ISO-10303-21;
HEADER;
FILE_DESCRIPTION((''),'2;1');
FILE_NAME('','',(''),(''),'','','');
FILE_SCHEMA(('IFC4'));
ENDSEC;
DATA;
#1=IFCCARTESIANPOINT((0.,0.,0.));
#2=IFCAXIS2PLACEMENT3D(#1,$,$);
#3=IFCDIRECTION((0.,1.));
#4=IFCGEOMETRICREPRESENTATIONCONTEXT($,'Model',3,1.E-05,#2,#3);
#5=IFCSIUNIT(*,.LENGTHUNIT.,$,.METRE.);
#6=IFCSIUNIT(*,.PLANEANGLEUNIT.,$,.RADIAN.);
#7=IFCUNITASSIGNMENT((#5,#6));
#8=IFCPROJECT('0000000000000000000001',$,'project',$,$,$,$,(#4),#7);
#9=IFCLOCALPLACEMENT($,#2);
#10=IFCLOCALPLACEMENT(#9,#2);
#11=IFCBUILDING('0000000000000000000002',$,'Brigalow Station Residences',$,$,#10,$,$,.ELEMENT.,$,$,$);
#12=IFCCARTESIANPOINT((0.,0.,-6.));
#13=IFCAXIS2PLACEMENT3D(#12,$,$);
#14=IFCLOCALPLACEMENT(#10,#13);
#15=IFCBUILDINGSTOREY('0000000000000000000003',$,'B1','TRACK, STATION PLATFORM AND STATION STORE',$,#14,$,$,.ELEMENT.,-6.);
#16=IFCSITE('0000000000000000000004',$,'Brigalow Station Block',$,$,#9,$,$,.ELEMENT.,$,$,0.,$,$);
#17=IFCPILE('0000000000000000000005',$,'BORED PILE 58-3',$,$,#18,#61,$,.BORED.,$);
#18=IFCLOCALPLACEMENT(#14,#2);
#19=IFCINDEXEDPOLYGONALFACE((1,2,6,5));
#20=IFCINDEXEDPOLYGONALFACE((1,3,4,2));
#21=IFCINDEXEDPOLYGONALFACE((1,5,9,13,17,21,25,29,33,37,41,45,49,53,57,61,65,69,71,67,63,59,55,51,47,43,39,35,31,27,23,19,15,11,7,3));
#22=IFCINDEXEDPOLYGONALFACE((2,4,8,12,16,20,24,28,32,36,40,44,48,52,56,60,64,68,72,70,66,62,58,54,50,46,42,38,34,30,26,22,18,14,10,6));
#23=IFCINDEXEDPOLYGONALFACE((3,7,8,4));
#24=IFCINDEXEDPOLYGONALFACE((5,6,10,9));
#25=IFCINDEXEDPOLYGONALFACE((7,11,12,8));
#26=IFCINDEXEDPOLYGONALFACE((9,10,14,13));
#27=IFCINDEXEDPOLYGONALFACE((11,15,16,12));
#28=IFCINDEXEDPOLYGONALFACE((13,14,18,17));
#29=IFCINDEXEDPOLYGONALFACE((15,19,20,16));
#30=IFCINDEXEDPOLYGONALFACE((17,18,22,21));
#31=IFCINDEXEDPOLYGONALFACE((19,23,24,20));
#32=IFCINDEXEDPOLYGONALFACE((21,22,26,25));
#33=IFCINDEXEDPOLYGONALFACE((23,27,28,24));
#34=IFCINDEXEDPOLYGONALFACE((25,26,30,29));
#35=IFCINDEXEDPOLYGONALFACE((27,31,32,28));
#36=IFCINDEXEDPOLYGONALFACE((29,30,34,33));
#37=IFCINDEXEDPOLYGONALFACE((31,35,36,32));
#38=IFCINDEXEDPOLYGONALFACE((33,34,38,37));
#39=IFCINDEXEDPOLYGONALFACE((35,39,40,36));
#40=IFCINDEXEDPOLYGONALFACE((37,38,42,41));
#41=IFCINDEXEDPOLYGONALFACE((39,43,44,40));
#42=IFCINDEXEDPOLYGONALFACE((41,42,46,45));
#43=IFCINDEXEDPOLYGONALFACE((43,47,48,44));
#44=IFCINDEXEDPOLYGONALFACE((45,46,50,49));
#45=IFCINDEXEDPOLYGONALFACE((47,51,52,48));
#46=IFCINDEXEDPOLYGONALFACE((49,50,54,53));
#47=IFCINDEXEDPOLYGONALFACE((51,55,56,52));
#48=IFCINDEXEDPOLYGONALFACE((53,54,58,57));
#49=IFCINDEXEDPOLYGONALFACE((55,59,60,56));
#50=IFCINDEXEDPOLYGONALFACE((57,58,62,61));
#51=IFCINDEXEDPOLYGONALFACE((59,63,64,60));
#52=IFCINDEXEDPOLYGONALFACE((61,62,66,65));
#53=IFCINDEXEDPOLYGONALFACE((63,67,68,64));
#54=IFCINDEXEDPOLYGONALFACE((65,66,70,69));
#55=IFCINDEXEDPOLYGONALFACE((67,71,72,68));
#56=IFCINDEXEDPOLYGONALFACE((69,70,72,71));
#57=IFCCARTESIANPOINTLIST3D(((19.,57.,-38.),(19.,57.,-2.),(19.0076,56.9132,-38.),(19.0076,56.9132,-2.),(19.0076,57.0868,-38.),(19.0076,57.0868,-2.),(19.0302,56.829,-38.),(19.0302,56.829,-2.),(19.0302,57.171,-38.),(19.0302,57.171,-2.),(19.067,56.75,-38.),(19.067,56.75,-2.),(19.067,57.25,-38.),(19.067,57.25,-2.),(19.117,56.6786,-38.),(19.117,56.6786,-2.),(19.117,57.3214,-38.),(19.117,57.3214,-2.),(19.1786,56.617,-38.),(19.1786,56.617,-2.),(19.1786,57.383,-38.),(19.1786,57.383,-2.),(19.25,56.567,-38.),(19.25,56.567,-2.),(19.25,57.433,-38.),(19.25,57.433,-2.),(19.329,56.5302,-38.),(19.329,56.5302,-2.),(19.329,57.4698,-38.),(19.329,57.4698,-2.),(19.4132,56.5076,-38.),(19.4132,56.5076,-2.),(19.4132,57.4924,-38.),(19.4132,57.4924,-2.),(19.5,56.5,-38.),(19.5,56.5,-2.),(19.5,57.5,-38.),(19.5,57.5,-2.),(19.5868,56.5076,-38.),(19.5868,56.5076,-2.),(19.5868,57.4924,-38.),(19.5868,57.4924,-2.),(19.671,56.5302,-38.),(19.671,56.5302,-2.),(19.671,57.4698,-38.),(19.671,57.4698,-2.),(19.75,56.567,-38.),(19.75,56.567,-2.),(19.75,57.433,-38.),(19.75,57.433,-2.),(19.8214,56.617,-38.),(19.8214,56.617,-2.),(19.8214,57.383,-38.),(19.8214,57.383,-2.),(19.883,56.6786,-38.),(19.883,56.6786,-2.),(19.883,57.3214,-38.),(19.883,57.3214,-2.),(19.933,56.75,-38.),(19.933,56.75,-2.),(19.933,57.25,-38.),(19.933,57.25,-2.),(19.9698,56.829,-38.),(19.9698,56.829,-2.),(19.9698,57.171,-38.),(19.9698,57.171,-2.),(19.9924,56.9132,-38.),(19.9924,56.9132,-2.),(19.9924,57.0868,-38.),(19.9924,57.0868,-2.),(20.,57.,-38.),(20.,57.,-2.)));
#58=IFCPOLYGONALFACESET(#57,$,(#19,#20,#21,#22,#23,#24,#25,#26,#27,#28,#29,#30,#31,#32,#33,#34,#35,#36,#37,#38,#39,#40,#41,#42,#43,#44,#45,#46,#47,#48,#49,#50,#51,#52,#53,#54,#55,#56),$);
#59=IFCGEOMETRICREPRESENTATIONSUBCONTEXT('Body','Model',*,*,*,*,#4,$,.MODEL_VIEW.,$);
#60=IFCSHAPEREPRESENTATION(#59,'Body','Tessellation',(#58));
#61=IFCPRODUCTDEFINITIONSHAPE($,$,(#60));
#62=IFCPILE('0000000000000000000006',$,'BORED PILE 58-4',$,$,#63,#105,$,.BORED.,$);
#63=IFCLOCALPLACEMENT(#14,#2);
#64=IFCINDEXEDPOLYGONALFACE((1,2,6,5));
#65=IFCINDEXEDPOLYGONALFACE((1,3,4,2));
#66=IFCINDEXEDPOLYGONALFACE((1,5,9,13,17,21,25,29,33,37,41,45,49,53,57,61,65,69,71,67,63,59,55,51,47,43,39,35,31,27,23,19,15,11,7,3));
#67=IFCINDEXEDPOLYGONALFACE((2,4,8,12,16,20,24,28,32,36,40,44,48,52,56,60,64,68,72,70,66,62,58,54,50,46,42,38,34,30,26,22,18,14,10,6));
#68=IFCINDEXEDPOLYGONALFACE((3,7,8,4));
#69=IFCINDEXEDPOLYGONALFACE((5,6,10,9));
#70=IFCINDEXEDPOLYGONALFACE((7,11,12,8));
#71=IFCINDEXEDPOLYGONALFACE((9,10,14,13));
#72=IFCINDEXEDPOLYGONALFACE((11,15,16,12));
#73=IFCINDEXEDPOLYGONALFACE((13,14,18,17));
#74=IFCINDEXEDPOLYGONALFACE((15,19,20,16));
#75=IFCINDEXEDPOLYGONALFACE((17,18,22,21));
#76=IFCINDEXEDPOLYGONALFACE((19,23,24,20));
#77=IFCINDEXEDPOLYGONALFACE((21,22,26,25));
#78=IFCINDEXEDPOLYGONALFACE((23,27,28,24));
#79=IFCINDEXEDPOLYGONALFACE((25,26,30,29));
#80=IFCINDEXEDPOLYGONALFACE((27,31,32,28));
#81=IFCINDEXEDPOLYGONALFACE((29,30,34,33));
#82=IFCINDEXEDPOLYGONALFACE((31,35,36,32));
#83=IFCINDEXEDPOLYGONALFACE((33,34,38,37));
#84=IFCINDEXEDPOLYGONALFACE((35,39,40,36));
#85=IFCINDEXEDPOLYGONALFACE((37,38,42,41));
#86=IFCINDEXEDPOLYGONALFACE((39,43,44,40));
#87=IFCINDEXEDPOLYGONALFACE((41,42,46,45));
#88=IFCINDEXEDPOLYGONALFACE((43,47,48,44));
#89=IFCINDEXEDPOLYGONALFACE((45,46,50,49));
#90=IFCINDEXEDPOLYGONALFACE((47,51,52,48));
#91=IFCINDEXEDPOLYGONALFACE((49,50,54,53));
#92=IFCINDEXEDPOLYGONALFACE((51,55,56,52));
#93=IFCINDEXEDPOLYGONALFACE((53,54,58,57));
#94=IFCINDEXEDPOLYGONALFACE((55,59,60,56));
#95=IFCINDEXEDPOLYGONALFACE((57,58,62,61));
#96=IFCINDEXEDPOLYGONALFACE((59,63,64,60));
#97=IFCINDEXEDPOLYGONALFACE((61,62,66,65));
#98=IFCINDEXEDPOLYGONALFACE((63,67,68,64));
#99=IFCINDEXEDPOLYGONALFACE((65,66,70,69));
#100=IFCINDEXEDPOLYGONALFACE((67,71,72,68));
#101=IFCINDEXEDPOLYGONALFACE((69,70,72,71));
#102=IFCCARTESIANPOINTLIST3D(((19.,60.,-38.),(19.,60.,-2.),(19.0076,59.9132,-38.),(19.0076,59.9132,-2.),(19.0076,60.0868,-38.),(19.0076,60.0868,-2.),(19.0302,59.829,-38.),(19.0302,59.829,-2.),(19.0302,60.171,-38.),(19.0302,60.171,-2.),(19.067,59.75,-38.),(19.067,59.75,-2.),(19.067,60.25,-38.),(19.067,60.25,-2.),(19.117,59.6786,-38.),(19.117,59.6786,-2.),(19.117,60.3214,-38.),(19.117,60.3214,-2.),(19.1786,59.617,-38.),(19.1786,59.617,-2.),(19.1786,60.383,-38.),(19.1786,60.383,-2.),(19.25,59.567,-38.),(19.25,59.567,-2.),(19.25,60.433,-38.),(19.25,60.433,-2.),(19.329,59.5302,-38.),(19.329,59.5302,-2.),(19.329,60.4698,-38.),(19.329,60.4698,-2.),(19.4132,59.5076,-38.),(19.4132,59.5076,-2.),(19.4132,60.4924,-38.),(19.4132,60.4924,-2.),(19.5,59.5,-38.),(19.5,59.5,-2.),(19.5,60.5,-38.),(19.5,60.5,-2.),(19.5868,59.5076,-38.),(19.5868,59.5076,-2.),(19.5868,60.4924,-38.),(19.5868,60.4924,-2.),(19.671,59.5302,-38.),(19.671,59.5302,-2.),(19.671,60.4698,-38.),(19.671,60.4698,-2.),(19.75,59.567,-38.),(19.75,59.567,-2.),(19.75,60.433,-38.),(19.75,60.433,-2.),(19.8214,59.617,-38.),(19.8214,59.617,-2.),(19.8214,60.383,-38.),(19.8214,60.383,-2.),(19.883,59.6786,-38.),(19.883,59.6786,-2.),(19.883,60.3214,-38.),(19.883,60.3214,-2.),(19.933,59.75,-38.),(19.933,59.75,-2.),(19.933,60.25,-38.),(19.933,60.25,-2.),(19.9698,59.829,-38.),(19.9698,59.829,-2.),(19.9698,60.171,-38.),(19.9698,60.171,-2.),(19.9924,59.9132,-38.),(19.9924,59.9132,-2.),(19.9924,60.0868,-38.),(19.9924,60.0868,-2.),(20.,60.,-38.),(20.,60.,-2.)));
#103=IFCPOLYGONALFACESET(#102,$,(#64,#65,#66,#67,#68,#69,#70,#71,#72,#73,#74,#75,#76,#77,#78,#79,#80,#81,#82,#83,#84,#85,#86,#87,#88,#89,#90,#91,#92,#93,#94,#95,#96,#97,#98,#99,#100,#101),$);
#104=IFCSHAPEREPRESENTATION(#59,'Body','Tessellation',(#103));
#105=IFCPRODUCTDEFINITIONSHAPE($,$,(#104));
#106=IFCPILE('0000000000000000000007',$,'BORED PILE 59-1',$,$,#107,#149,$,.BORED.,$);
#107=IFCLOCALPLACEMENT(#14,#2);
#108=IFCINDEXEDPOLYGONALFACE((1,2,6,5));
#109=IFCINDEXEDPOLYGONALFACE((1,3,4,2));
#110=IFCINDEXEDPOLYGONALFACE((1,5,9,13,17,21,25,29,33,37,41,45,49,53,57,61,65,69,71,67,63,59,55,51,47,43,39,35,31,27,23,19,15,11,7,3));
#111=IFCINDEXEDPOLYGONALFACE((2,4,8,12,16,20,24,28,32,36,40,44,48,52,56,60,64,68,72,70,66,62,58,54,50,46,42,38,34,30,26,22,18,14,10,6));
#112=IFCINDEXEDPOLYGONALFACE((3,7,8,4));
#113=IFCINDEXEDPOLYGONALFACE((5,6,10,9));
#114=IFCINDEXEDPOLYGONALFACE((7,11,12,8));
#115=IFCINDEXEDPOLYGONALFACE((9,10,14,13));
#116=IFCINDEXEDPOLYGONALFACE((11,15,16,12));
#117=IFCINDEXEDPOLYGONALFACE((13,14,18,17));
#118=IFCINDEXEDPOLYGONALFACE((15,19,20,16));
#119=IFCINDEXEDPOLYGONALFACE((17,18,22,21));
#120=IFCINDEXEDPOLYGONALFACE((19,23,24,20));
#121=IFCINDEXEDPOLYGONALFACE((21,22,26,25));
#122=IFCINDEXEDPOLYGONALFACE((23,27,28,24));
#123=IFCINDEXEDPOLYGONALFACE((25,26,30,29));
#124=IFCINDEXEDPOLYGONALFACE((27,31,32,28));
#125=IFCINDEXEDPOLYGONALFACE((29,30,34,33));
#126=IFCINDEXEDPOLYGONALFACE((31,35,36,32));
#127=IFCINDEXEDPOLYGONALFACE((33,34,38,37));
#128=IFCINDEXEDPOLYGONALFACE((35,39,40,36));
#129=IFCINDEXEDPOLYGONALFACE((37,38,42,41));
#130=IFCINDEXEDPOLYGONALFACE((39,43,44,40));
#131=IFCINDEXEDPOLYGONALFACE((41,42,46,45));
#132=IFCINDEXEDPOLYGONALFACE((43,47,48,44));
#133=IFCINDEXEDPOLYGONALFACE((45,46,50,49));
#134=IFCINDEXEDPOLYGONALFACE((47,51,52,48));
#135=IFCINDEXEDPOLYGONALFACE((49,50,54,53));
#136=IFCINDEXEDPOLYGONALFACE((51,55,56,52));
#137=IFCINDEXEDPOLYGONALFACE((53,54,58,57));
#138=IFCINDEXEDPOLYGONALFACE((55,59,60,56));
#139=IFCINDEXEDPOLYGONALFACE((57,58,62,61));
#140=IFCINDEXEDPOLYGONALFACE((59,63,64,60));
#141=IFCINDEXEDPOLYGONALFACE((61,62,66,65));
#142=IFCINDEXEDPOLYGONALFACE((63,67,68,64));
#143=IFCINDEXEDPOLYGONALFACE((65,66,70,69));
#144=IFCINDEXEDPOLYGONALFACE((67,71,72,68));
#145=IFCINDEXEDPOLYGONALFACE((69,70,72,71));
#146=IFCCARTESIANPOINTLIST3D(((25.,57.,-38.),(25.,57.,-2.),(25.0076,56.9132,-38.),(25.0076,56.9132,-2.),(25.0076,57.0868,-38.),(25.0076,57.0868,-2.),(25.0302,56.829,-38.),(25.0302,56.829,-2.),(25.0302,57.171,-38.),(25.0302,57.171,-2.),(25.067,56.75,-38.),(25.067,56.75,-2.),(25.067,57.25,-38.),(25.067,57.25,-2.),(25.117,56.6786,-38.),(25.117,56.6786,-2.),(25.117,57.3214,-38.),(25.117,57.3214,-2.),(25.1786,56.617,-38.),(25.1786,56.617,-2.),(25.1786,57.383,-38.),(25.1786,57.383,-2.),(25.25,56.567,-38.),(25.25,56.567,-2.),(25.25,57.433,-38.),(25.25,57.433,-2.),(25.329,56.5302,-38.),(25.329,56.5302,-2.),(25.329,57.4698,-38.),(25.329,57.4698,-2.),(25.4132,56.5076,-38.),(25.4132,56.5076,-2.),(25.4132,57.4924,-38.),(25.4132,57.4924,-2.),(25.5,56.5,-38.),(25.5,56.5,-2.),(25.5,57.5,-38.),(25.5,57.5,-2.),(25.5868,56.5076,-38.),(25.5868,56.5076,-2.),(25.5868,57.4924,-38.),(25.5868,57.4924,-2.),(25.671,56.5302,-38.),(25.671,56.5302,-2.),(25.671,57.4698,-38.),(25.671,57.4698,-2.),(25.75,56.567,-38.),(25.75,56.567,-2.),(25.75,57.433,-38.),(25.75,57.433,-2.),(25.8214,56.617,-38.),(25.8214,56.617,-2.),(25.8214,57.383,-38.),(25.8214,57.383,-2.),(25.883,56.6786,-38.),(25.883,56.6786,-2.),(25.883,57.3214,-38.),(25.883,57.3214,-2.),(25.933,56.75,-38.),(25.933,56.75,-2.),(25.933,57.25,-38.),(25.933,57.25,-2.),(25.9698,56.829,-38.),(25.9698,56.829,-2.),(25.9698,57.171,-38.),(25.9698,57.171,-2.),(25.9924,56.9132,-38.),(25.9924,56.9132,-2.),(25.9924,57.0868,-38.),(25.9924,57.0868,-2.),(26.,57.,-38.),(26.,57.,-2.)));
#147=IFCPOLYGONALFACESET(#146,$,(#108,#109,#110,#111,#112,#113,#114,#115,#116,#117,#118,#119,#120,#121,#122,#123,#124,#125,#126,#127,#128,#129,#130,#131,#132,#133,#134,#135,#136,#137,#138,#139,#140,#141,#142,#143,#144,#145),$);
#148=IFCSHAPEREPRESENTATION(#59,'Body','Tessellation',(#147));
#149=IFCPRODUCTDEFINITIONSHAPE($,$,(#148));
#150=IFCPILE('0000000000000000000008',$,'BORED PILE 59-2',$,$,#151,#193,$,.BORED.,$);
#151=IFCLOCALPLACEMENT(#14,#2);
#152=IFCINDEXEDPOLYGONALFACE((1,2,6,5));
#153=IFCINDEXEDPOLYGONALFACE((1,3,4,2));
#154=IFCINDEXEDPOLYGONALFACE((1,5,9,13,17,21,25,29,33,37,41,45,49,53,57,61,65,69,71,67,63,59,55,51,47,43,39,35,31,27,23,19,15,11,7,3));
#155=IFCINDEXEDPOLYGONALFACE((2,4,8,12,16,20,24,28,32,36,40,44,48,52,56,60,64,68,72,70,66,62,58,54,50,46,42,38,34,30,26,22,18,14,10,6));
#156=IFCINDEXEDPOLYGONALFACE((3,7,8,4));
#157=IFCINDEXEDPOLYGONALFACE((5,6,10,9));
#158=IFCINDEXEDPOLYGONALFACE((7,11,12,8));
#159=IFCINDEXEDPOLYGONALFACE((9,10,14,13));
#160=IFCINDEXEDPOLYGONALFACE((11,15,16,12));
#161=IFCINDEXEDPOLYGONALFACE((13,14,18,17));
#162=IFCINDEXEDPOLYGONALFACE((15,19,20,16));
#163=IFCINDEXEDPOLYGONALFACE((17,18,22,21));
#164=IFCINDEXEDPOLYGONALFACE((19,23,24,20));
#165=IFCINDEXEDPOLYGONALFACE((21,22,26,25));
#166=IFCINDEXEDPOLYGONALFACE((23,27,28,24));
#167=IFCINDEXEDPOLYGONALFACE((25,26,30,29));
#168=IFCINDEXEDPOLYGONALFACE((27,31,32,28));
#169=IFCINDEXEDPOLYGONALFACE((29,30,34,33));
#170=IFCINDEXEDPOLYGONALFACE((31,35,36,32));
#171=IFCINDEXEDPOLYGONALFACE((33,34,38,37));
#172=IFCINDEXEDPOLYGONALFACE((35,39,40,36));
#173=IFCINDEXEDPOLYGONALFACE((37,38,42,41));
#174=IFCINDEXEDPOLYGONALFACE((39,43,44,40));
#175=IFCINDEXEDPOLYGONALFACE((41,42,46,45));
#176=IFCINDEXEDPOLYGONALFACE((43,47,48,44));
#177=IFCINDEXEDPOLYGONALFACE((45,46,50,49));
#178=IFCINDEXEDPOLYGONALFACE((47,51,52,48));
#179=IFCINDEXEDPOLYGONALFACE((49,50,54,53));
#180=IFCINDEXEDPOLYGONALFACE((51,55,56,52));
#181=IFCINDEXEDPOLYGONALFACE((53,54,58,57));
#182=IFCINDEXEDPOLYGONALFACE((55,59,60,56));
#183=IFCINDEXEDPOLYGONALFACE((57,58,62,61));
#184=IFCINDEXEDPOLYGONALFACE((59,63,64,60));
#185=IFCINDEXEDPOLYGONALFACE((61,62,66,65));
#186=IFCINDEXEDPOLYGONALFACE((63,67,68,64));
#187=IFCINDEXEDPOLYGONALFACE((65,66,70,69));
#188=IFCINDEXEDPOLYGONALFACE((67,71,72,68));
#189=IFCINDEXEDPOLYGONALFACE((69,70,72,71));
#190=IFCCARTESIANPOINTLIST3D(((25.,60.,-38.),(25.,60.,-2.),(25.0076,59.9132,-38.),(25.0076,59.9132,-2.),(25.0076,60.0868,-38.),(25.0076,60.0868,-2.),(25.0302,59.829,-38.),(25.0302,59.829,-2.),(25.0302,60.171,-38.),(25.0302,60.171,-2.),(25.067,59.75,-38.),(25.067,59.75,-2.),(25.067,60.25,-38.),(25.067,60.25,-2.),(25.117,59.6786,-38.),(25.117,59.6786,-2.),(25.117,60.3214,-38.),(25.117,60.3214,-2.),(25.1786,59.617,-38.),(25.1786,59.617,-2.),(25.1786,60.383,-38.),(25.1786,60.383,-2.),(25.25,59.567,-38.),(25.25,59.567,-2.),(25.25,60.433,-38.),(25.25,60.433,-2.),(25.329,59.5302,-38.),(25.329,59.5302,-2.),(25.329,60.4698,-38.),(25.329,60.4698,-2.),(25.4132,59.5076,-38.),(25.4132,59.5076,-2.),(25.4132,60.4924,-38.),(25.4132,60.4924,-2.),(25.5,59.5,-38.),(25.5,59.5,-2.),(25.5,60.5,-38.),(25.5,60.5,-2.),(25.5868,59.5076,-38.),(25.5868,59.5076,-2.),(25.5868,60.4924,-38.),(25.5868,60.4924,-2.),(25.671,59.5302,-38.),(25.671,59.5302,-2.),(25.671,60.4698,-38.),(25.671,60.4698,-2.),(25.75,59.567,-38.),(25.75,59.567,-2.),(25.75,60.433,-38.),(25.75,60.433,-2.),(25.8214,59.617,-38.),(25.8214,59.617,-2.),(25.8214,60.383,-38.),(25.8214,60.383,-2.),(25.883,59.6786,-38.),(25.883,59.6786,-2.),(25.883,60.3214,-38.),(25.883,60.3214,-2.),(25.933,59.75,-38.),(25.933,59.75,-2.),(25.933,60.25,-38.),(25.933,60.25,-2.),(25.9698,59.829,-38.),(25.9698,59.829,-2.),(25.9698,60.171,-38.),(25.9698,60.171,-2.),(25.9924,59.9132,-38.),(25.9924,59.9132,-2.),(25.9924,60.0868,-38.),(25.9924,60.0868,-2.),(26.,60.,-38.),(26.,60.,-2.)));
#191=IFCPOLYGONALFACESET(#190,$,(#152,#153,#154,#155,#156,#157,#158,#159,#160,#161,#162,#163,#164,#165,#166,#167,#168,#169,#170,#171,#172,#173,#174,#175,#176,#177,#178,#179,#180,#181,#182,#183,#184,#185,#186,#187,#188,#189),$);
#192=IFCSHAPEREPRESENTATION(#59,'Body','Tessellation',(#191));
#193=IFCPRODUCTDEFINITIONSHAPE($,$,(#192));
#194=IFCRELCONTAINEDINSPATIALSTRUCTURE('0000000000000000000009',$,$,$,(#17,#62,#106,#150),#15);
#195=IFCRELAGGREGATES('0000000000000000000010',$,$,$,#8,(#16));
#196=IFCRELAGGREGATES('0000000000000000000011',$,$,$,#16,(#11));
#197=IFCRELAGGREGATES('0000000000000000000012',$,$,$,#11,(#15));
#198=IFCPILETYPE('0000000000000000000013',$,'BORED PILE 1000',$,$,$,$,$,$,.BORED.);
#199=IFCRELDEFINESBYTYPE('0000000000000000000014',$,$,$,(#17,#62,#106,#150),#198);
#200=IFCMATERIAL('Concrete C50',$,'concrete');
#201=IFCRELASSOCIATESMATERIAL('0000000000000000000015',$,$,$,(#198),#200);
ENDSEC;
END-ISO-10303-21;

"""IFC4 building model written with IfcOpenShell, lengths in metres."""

from ifc_helpers import new_model, si_unit, direction, frame, origin, origin_2d, place, context, subcontext, project, spatial, circle, extrude, material, material_profile, profile_set, type_object, element, save


model = new_model("IFC4")

# Units and contexts
model_context = context("Model", 3, precision=1e-05, world=origin(), true_north=direction((0.0, 1.0)))
body_context = subcontext(model_context, "Body", "Model", "MODEL_VIEW")
ifc_project = project(units=[si_unit("LENGTHUNIT", "METRE"), si_unit("PLANEANGLEUNIT", "RADIAN")], contexts=[model_context])

# Site, building, storey
site_placement = place(None, origin())
site = spatial("IfcSite", under=ifc_project, at=site_placement, Name="Brigalow Station Block", CompositionType="ELEMENT", RefElevation=0.0)
building_placement = place(site_placement, origin())
building = spatial("IfcBuilding", under=site, at=building_placement, Name="Brigalow Station Residences", CompositionType="ELEMENT")
storey_placement = place(building_placement, frame((0.0, 0.0, -6.0)))
storey = spatial("IfcBuildingStorey", under=building, at=storey_placement, Name="B1", Description="TRACK, STATION PLATFORM AND STATION STORE", CompositionType="ELEMENT", Elevation=-6.0)

# Piles
ifc_material_1 = material(Name="Concrete C50", Category="concrete")
ifc_material_profile_1 = material_profile(ifc_material_1, circle(Radius=0.5, at=origin_2d()), Name="BP1000")
ifc_profile_set_1 = profile_set([ifc_material_profile_1], Name="Concrete C50")
pile_type_1 = type_object("IfcPileType", Name="BORED PILE 1000", PredefinedType="BORED", material=ifc_profile_set_1)
for number, where, z_axis, x_axis, name in (
    (1, (19.5, 57.0, -2.0), (0.0, 0.0, -1.0), (1.0, 0.0, 0.0), "BORED PILE 58-3"),
    (2, (19.5, 60.0, -2.0), (0.0, 0.0, -1.0), (1.0, 0.0, 0.0), "BORED PILE 58-4"),
    (3, (25.5, 57.0, -2.0), (0.0, 0.0, -1.0), (1.0, 0.0, 0.0), "BORED PILE 59-1"),
    (4, (25.5, 60.0, -2.0), (0.0, 0.0, -1.0), (1.0, 0.0, 0.0), "BORED PILE 59-2"),
):
    element("IfcPile", number, at=place(storey_placement, frame(where, z_axis=z_axis, x_axis=x_axis)), inside=storey, type_object=pile_type_1, Name=name, PredefinedType="BORED", context=body_context, shape_type="SweptSolid", body=[
        extrude(circle(Radius=0.5, at=origin_2d()), origin(), (0.0, 0.0, 1.0), 36.0),
    ])

save(model, "model.ifc")
